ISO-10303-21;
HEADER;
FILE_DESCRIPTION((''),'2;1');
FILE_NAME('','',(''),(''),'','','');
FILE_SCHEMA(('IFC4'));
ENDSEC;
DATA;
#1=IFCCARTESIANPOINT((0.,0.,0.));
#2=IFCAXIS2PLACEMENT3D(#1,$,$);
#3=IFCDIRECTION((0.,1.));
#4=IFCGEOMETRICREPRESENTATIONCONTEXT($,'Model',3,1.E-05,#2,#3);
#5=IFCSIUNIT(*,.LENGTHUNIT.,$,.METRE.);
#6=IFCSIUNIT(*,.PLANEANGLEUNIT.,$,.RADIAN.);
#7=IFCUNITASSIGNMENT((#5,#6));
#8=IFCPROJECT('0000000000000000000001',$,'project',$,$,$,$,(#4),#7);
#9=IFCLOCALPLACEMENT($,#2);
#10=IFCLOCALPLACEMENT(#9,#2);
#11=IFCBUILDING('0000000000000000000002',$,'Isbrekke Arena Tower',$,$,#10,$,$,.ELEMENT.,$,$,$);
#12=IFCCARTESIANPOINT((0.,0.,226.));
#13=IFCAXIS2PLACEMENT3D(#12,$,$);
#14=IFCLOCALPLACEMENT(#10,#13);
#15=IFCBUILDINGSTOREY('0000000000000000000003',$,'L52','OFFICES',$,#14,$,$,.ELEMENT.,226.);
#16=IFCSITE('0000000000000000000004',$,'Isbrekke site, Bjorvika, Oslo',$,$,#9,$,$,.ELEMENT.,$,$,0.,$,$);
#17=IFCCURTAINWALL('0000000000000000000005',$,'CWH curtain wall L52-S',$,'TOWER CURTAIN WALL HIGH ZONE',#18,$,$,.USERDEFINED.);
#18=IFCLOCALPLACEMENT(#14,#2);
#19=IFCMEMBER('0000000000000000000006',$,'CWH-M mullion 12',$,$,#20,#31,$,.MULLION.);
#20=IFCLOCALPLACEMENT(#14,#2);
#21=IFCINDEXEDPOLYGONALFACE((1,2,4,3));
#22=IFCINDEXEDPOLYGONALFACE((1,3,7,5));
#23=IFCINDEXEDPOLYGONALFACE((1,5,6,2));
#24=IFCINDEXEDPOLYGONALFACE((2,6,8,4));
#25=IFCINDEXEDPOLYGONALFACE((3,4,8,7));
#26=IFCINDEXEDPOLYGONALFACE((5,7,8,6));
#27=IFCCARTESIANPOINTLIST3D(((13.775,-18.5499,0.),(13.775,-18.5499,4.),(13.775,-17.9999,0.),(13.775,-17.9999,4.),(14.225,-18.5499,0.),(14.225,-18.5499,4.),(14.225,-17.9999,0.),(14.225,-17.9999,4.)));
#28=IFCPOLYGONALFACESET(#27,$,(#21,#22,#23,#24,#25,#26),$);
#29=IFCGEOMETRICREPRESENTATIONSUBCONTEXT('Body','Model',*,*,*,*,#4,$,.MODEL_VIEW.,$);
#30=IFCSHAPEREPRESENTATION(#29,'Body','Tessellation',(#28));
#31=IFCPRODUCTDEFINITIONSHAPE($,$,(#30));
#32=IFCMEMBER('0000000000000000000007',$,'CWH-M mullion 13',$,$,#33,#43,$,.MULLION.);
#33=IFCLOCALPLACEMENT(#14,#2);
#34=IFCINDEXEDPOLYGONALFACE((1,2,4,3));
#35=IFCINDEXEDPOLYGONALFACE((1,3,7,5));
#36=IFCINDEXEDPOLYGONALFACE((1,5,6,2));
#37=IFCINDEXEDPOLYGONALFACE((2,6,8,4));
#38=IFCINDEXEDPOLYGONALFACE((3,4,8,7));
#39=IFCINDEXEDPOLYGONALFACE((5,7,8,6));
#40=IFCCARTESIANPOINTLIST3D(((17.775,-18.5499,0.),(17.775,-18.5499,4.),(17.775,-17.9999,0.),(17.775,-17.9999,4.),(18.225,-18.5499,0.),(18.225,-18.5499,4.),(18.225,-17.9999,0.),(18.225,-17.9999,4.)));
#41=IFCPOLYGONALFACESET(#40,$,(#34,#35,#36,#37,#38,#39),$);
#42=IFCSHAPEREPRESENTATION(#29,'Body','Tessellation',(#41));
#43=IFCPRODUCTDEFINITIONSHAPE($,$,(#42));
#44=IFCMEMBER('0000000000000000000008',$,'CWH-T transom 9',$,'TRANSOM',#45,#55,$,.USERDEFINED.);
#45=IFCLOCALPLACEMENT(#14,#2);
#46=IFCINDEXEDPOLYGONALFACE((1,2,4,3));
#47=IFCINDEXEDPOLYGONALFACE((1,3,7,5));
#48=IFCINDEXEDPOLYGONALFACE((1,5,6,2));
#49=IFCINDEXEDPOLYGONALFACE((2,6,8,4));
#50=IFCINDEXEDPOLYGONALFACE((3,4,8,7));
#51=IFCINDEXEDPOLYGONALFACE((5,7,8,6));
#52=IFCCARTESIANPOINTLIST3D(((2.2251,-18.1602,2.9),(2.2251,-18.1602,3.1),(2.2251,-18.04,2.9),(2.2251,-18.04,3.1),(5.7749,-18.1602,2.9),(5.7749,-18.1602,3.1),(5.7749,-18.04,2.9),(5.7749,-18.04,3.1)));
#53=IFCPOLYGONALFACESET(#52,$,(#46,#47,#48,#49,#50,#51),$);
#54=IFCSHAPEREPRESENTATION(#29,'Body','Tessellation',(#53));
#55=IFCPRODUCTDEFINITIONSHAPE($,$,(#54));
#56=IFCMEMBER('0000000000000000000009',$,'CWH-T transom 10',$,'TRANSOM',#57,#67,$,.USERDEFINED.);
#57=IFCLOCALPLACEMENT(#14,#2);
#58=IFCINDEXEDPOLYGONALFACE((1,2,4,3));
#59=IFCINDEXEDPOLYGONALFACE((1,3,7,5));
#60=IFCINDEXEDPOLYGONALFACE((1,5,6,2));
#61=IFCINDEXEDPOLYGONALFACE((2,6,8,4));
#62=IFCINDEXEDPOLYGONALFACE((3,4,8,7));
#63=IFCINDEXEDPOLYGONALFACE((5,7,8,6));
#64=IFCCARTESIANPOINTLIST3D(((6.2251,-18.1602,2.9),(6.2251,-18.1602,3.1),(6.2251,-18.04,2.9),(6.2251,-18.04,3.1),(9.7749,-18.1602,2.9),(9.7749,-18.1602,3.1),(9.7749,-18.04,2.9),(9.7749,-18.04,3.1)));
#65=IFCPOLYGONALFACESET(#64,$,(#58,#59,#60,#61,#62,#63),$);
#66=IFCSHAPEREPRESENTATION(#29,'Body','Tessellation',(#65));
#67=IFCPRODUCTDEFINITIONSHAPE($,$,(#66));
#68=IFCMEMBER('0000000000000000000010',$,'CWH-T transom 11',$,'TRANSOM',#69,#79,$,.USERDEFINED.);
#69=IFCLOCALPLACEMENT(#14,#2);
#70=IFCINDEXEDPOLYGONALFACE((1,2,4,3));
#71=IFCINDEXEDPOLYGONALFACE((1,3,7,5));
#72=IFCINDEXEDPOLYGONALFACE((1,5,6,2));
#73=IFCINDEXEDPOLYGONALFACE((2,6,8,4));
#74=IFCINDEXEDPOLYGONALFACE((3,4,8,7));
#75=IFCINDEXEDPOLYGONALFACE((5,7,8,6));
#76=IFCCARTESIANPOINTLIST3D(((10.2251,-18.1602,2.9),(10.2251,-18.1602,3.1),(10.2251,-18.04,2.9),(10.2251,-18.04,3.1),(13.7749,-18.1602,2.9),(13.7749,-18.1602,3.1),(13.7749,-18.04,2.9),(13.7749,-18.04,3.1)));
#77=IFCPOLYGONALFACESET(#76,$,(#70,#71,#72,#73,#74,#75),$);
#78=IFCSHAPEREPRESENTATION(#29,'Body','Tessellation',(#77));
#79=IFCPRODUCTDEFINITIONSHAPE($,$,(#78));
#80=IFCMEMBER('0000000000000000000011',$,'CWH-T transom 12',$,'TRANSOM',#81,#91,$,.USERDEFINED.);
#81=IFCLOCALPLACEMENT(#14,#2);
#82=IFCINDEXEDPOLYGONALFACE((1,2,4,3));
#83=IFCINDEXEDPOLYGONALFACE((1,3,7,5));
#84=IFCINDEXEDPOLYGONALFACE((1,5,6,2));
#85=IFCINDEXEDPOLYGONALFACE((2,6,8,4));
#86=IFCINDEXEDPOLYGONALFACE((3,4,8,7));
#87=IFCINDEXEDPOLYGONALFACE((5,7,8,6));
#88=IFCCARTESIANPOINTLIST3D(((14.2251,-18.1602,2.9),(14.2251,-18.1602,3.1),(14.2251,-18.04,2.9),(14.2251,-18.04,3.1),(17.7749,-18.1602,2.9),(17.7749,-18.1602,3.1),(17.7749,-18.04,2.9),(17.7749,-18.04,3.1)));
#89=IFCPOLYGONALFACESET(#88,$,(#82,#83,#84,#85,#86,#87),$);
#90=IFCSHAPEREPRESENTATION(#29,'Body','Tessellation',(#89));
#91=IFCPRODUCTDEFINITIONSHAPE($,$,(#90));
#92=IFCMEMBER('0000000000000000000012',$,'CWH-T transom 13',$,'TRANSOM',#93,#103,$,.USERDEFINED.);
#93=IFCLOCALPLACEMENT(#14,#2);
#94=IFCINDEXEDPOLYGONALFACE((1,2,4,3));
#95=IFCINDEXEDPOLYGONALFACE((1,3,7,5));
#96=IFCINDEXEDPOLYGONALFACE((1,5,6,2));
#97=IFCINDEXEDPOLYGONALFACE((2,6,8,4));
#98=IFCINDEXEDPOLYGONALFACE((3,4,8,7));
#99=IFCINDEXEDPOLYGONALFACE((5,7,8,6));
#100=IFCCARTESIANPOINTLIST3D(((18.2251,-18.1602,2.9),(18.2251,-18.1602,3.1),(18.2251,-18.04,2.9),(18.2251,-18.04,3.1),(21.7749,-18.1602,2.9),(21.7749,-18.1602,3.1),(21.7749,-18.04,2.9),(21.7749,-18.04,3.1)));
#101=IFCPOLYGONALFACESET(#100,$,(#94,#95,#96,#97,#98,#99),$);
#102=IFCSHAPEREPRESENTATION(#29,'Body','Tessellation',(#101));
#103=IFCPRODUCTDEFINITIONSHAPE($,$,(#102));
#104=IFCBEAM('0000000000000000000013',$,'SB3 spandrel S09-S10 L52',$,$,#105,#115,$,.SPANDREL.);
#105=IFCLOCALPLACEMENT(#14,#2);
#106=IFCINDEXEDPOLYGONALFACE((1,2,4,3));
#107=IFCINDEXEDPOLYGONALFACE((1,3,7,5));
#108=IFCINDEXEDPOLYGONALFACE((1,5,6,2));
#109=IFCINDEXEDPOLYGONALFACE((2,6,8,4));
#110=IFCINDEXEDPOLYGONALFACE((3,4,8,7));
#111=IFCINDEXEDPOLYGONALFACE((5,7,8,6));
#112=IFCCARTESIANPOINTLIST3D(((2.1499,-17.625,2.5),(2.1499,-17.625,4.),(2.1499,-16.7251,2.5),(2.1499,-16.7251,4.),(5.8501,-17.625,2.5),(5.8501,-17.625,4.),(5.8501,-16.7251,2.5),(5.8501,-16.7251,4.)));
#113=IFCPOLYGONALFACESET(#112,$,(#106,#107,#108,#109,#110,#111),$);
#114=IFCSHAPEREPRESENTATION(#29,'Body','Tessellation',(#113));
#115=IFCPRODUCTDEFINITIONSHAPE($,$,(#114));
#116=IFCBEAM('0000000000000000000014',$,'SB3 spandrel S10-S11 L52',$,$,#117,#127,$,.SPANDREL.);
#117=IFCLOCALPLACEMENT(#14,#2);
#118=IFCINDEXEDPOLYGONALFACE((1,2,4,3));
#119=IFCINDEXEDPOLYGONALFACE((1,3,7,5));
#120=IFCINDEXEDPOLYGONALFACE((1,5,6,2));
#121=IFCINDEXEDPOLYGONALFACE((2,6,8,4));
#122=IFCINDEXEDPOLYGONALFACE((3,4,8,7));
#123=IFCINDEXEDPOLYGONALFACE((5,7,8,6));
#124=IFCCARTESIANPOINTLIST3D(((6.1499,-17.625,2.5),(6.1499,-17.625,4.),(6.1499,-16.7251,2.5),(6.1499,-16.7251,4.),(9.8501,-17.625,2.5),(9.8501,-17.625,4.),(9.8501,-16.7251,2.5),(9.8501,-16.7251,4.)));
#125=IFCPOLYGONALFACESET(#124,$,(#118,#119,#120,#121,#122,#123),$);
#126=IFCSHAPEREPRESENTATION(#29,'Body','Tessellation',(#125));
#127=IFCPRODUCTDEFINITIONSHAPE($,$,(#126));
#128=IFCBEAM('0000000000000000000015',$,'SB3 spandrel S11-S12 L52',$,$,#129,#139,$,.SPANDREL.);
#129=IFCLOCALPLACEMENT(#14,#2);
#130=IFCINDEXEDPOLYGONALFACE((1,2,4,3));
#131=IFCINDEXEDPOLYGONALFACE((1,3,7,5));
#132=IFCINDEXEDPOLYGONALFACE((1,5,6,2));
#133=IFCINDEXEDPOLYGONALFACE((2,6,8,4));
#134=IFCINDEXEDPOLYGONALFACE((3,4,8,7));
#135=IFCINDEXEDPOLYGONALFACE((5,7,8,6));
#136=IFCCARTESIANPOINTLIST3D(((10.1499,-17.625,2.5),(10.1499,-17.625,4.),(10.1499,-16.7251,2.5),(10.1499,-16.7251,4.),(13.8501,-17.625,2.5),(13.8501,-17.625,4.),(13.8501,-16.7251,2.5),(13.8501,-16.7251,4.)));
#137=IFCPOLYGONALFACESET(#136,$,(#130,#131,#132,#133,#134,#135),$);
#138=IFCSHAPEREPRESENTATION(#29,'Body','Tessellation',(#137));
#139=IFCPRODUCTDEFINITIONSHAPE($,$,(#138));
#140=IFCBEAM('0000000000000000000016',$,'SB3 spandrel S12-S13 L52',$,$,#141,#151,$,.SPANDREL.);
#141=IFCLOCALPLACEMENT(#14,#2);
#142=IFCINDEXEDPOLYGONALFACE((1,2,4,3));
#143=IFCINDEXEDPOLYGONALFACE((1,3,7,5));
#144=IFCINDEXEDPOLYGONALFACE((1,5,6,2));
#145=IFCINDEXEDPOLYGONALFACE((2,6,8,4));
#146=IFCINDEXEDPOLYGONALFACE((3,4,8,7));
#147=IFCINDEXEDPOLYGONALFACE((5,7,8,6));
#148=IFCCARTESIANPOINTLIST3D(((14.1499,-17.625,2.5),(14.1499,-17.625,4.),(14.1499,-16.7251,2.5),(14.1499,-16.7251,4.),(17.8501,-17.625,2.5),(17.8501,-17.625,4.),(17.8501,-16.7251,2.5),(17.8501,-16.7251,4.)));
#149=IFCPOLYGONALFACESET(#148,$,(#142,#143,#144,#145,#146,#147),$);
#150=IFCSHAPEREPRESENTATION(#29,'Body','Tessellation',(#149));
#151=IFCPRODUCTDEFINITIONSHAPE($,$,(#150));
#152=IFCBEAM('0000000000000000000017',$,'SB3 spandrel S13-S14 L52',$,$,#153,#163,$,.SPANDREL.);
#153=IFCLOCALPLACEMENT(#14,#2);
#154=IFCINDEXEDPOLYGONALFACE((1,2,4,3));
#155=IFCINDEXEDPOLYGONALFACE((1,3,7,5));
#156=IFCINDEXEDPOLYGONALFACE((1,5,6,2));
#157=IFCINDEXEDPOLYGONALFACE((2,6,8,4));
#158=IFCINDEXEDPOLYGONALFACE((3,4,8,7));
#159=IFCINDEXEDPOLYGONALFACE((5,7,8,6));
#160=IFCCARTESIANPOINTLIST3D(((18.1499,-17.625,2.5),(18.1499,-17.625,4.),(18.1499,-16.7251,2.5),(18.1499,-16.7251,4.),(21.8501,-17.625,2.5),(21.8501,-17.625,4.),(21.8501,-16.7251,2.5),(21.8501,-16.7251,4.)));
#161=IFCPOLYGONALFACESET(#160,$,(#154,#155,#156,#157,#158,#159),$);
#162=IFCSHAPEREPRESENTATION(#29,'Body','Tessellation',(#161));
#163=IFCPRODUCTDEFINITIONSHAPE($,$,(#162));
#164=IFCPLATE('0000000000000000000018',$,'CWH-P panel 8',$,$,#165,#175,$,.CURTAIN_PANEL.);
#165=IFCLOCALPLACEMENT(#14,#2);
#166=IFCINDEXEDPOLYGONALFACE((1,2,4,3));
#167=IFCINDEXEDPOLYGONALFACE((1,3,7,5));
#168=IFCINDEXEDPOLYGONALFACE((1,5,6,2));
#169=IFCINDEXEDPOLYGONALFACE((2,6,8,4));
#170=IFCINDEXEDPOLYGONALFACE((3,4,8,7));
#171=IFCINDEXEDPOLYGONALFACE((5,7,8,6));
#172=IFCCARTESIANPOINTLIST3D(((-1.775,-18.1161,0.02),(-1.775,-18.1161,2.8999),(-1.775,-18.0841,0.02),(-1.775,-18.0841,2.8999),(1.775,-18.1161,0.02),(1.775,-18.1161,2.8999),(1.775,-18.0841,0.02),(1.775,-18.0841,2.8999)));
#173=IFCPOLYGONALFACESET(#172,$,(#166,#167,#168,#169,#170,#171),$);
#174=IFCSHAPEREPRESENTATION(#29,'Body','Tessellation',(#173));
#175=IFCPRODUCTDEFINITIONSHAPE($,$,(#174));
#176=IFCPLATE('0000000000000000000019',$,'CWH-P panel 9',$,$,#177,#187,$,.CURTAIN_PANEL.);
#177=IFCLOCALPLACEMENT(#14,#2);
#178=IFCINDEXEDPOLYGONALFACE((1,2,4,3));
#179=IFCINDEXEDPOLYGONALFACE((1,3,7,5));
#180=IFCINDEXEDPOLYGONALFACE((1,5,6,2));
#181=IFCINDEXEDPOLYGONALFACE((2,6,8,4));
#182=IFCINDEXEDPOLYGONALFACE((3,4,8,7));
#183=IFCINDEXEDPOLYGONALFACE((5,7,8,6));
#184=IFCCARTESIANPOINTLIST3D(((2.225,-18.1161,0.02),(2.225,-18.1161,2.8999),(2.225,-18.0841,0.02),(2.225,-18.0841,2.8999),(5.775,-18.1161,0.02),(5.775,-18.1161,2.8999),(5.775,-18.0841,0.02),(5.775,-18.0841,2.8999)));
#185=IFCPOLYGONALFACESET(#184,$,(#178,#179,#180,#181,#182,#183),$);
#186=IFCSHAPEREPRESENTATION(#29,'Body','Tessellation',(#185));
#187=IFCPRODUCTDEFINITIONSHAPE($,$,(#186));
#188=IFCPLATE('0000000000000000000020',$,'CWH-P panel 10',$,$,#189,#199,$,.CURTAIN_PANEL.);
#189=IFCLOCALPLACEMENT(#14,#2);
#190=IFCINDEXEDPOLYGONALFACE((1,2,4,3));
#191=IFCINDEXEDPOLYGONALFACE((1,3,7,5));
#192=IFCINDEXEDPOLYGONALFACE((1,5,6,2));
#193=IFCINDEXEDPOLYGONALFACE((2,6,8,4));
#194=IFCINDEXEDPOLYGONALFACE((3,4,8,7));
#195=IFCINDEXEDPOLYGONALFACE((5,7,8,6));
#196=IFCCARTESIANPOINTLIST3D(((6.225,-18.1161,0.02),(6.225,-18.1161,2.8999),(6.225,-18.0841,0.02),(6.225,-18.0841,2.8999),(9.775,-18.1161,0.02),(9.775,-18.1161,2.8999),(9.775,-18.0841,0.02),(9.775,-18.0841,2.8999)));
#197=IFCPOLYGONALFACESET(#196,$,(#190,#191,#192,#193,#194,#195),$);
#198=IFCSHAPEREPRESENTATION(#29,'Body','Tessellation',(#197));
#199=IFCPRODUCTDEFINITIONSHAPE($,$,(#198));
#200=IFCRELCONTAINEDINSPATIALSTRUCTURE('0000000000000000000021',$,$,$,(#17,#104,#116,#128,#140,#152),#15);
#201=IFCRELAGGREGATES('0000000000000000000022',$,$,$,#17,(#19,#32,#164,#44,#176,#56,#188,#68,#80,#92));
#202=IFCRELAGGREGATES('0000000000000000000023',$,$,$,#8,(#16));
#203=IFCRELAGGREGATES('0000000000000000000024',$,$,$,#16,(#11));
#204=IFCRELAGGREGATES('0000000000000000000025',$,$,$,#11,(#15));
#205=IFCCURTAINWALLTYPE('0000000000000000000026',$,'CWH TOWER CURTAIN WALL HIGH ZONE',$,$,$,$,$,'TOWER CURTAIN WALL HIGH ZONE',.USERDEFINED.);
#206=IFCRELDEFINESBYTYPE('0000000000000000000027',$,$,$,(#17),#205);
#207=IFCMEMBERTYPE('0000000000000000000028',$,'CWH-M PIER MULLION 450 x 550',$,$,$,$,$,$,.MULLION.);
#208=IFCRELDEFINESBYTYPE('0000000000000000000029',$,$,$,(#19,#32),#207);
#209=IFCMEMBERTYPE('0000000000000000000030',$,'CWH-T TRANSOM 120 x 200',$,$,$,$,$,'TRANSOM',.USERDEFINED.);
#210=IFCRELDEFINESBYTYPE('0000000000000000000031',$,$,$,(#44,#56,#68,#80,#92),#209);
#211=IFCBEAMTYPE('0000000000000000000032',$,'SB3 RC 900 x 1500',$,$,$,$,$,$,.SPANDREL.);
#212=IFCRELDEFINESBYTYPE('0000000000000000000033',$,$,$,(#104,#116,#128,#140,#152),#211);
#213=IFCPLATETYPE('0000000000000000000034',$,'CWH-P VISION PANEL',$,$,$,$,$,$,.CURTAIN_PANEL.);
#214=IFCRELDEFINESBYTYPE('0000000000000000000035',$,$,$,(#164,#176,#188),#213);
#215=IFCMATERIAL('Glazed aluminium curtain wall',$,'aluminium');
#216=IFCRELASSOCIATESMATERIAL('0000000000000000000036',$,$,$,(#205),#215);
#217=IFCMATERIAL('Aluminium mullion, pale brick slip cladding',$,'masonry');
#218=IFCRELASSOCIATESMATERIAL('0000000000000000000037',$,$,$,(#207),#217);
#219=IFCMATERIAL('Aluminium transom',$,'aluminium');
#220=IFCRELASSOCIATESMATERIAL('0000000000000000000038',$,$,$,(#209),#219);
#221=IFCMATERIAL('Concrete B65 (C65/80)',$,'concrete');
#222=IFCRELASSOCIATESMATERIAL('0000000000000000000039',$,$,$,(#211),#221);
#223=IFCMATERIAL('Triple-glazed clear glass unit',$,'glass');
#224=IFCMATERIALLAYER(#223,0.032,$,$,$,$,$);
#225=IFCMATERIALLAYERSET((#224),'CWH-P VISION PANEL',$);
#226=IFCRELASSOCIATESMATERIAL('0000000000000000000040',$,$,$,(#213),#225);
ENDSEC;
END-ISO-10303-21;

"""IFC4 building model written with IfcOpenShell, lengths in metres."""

from ifc_helpers import new_model, si_unit, direction, frame, origin, origin_2d, place, context, subcontext, project, spatial, rectangle, extrude, material, layer, layer_set, material_profile, profile_set, type_object, element, aggregate, save


model = new_model("IFC4")

# Units and contexts
model_context = context("Model", 3, precision=1e-05, world=origin(), true_north=direction((0.0, 1.0)))
body_context = subcontext(model_context, "Body", "Model", "MODEL_VIEW")
ifc_project = project(units=[si_unit("LENGTHUNIT", "METRE"), si_unit("PLANEANGLEUNIT", "RADIAN")], contexts=[model_context])

# Site, building, storey
site_placement = place(None, origin())
site = spatial("IfcSite", under=ifc_project, at=site_placement, Name="Isbrekke site, Bjorvika, Oslo", CompositionType="ELEMENT", RefElevation=0.0)
building_placement = place(site_placement, origin())
building = spatial("IfcBuilding", under=site, at=building_placement, Name="Isbrekke Arena Tower", CompositionType="ELEMENT")
storey_placement = place(building_placement, frame((0.0, 0.0, 226.0)))
storey = spatial("IfcBuildingStorey", under=building, at=storey_placement, Name="L52", Description="OFFICES", CompositionType="ELEMENT", Elevation=226.0)

# Curtain wall, members
ifc_material_1 = material(Name="Glazed aluminium curtain wall", Category="aluminium")
curtain_wall_type = type_object("IfcCurtainWallType", Name="CWH TOWER CURTAIN WALL HIGH ZONE", ElementType="TOWER CURTAIN WALL HIGH ZONE", PredefinedType="USERDEFINED", material=ifc_material_1)
curtain_wall_placement = place(storey_placement, origin())
curtain_wall = element("IfcCurtainWall", 1, at=curtain_wall_placement, inside=storey, type_object=curtain_wall_type, Name="CWH curtain wall L52-S", ObjectType="TOWER CURTAIN WALL HIGH ZONE", PredefinedType="USERDEFINED")
ifc_material_2 = material(Name="Aluminium mullion, pale brick slip cladding", Category="masonry")
ifc_material_profile_1 = material_profile(ifc_material_2, rectangle(XDim=0.45, YDim=0.55, at=origin_2d()), Name="PIER 450X550")
ifc_profile_set_1 = profile_set([ifc_material_profile_1], Name="Aluminium mullion, pale brick slip cladding")
member_type_1 = type_object("IfcMemberType", Name="CWH-M PIER MULLION 450 x 550", PredefinedType="MULLION", material=ifc_profile_set_1)
member_1_placement = place(storey_placement, frame((14.0, -18.2749, 0.0), z_axis=(0.0, 0.0, 1.0), x_axis=(1.0, 0.0, 0.0)))
member_1 = element("IfcMember", 2, at=member_1_placement, type_object=member_type_1, Name="CWH-M mullion 12", PredefinedType="MULLION", context=body_context, shape_type="SweptSolid", body=[
    extrude(rectangle(XDim=0.45, YDim=0.55, at=origin_2d()), origin(), (0.0, 0.0, 1.0), 4.0),
])
member_2_placement = place(storey_placement, frame((18.0, -18.2749, 0.0), z_axis=(0.0, 0.0, 1.0), x_axis=(1.0, 0.0, 0.0)))
member_2 = element("IfcMember", 3, at=member_2_placement, type_object=member_type_1, Name="CWH-M mullion 13", PredefinedType="MULLION", context=body_context, shape_type="SweptSolid", body=[
    extrude(rectangle(XDim=0.45, YDim=0.55, at=origin_2d()), origin(), (0.0, 0.0, 1.0), 4.0),
])
ifc_material_3 = material(Name="Aluminium transom", Category="aluminium")
ifc_material_profile_2 = material_profile(ifc_material_3, rectangle(XDim=0.1201, YDim=0.2, at=origin_2d()), Name="TRANSOM 120X200")
ifc_profile_set_2 = profile_set([ifc_material_profile_2], Name="Aluminium transom")
member_type_2 = type_object("IfcMemberType", Name="CWH-T TRANSOM 120 x 200", ElementType="TRANSOM", PredefinedType="USERDEFINED", material=ifc_profile_set_2)
member_3_placement = place(storey_placement, frame((2.2251, -18.1001, 3.0), z_axis=(1.0, 0.0, 0.0), x_axis=(0.0, 1.0, 0.0)))
member_3 = element("IfcMember", 4, at=member_3_placement, type_object=member_type_2, Name="CWH-T transom 9", ObjectType="TRANSOM", PredefinedType="USERDEFINED", context=body_context, shape_type="SweptSolid", body=[
    extrude(rectangle(XDim=0.1201, YDim=0.2, at=origin_2d()), origin(), (0.0, 0.0, 1.0), 3.5498),
])
member_4_placement = place(storey_placement, frame((6.2251, -18.1001, 3.0), z_axis=(1.0, 0.0, 0.0), x_axis=(0.0, 1.0, 0.0)))
member_4 = element("IfcMember", 5, at=member_4_placement, type_object=member_type_2, Name="CWH-T transom 10", ObjectType="TRANSOM", PredefinedType="USERDEFINED", context=body_context, shape_type="SweptSolid", body=[
    extrude(rectangle(XDim=0.1201, YDim=0.2, at=origin_2d()), origin(), (0.0, 0.0, 1.0), 3.5498),
])
member_5_placement = place(storey_placement, frame((10.2251, -18.1001, 3.0), z_axis=(1.0, 0.0, 0.0), x_axis=(0.0, 1.0, 0.0)))
member_5 = element("IfcMember", 6, at=member_5_placement, type_object=member_type_2, Name="CWH-T transom 11", ObjectType="TRANSOM", PredefinedType="USERDEFINED", context=body_context, shape_type="SweptSolid", body=[
    extrude(rectangle(XDim=0.1201, YDim=0.2, at=origin_2d()), origin(), (0.0, 0.0, 1.0), 3.5498),
])
member_6_placement = place(storey_placement, frame((14.2251, -18.1001, 3.0), z_axis=(1.0, 0.0, 0.0), x_axis=(0.0, 1.0, 0.0)))
member_6 = element("IfcMember", 7, at=member_6_placement, type_object=member_type_2, Name="CWH-T transom 12", ObjectType="TRANSOM", PredefinedType="USERDEFINED", context=body_context, shape_type="SweptSolid", body=[
    extrude(rectangle(XDim=0.1201, YDim=0.2, at=origin_2d()), origin(), (0.0, 0.0, 1.0), 3.5498),
])
member_7_placement = place(storey_placement, frame((18.2251, -18.1001, 3.0), z_axis=(1.0, 0.0, 0.0), x_axis=(0.0, 1.0, 0.0)))
member_7 = element("IfcMember", 8, at=member_7_placement, type_object=member_type_2, Name="CWH-T transom 13", ObjectType="TRANSOM", PredefinedType="USERDEFINED", context=body_context, shape_type="SweptSolid", body=[
    extrude(rectangle(XDim=0.1201, YDim=0.2, at=origin_2d()), origin(), (0.0, 0.0, 1.0), 3.5498),
])

# Beams
ifc_material_4 = material(Name="Concrete B65 (C65/80)", Category="concrete")
ifc_material_profile_3 = material_profile(ifc_material_4, rectangle(XDim=0.8999, YDim=1.5, at=origin_2d()), Name="RC 900x1500")
ifc_profile_set_3 = profile_set([ifc_material_profile_3], Name="Concrete B65 (C65/80)")
beam_type_1 = type_object("IfcBeamType", Name="SB3 RC 900 x 1500", PredefinedType="SPANDREL", material=ifc_profile_set_3)
for number, where, z_axis, x_axis, name in (
    (9, (2.1499, -17.175, 3.25), (1.0, 0.0, 0.0), (0.0, 1.0, 0.0), "SB3 spandrel S09-S10 L52"),
    (10, (6.1499, -17.175, 3.25), (1.0, 0.0, 0.0), (0.0, 1.0, 0.0), "SB3 spandrel S10-S11 L52"),
    (11, (10.1499, -17.175, 3.25), (1.0, 0.0, 0.0), (0.0, 1.0, 0.0), "SB3 spandrel S11-S12 L52"),
    (12, (14.1499, -17.175, 3.25), (1.0, 0.0, 0.0), (0.0, 1.0, 0.0), "SB3 spandrel S12-S13 L52"),
    (13, (18.1499, -17.175, 3.25), (1.0, 0.0, 0.0), (0.0, 1.0, 0.0), "SB3 spandrel S13-S14 L52"),
):
    element("IfcBeam", number, at=place(storey_placement, frame(where, z_axis=z_axis, x_axis=x_axis)), inside=storey, type_object=beam_type_1, Name=name, PredefinedType="SPANDREL", context=body_context, shape_type="SweptSolid", body=[
        extrude(rectangle(XDim=0.8999, YDim=1.5, at=origin_2d()), origin(), (0.0, 0.0, 1.0), 3.7002),
    ])

# Plates
ifc_material_5 = material(Name="Triple-glazed clear glass unit", Category="glass")
ifc_layer = layer(ifc_material_5, 0.032)
ifc_layer_set = layer_set([ifc_layer], Name="CWH-P VISION PANEL")
plate_type = type_object("IfcPlateType", Name="CWH-P VISION PANEL", PredefinedType="CURTAIN_PANEL", material=ifc_layer_set)
plate_1_placement = place(storey_placement, frame((0.0, -18.1001, 0.02), z_axis=(0.0, 0.0, 1.0), x_axis=(1.0, 0.0, 0.0)))
plate_1 = element("IfcPlate", 14, at=plate_1_placement, type_object=plate_type, Name="CWH-P panel 8", PredefinedType="CURTAIN_PANEL", context=body_context, shape_type="SweptSolid", body=[
    extrude(rectangle(XDim=3.55, YDim=0.032, at=origin_2d()), origin(), (0.0, 0.0, 1.0), 2.8799),
])
plate_2_placement = place(storey_placement, frame((4.0, -18.1001, 0.02), z_axis=(0.0, 0.0, 1.0), x_axis=(1.0, 0.0, 0.0)))
plate_2 = element("IfcPlate", 15, at=plate_2_placement, type_object=plate_type, Name="CWH-P panel 9", PredefinedType="CURTAIN_PANEL", context=body_context, shape_type="SweptSolid", body=[
    extrude(rectangle(XDim=3.55, YDim=0.032, at=origin_2d()), origin(), (0.0, 0.0, 1.0), 2.8799),
])
plate_3_placement = place(storey_placement, frame((8.0, -18.1001, 0.02), z_axis=(0.0, 0.0, 1.0), x_axis=(1.0, 0.0, 0.0)))
plate_3 = element("IfcPlate", 16, at=plate_3_placement, type_object=plate_type, Name="CWH-P panel 10", PredefinedType="CURTAIN_PANEL", context=body_context, shape_type="SweptSolid", body=[
    extrude(rectangle(XDim=3.55, YDim=0.032, at=origin_2d()), origin(), (0.0, 0.0, 1.0), 2.8799),
])
aggregate(curtain_wall, [member_1, member_2, plate_1, member_3, plate_2, member_4, plate_3, member_5, member_6, member_7])

save(model, "model.ifc")
